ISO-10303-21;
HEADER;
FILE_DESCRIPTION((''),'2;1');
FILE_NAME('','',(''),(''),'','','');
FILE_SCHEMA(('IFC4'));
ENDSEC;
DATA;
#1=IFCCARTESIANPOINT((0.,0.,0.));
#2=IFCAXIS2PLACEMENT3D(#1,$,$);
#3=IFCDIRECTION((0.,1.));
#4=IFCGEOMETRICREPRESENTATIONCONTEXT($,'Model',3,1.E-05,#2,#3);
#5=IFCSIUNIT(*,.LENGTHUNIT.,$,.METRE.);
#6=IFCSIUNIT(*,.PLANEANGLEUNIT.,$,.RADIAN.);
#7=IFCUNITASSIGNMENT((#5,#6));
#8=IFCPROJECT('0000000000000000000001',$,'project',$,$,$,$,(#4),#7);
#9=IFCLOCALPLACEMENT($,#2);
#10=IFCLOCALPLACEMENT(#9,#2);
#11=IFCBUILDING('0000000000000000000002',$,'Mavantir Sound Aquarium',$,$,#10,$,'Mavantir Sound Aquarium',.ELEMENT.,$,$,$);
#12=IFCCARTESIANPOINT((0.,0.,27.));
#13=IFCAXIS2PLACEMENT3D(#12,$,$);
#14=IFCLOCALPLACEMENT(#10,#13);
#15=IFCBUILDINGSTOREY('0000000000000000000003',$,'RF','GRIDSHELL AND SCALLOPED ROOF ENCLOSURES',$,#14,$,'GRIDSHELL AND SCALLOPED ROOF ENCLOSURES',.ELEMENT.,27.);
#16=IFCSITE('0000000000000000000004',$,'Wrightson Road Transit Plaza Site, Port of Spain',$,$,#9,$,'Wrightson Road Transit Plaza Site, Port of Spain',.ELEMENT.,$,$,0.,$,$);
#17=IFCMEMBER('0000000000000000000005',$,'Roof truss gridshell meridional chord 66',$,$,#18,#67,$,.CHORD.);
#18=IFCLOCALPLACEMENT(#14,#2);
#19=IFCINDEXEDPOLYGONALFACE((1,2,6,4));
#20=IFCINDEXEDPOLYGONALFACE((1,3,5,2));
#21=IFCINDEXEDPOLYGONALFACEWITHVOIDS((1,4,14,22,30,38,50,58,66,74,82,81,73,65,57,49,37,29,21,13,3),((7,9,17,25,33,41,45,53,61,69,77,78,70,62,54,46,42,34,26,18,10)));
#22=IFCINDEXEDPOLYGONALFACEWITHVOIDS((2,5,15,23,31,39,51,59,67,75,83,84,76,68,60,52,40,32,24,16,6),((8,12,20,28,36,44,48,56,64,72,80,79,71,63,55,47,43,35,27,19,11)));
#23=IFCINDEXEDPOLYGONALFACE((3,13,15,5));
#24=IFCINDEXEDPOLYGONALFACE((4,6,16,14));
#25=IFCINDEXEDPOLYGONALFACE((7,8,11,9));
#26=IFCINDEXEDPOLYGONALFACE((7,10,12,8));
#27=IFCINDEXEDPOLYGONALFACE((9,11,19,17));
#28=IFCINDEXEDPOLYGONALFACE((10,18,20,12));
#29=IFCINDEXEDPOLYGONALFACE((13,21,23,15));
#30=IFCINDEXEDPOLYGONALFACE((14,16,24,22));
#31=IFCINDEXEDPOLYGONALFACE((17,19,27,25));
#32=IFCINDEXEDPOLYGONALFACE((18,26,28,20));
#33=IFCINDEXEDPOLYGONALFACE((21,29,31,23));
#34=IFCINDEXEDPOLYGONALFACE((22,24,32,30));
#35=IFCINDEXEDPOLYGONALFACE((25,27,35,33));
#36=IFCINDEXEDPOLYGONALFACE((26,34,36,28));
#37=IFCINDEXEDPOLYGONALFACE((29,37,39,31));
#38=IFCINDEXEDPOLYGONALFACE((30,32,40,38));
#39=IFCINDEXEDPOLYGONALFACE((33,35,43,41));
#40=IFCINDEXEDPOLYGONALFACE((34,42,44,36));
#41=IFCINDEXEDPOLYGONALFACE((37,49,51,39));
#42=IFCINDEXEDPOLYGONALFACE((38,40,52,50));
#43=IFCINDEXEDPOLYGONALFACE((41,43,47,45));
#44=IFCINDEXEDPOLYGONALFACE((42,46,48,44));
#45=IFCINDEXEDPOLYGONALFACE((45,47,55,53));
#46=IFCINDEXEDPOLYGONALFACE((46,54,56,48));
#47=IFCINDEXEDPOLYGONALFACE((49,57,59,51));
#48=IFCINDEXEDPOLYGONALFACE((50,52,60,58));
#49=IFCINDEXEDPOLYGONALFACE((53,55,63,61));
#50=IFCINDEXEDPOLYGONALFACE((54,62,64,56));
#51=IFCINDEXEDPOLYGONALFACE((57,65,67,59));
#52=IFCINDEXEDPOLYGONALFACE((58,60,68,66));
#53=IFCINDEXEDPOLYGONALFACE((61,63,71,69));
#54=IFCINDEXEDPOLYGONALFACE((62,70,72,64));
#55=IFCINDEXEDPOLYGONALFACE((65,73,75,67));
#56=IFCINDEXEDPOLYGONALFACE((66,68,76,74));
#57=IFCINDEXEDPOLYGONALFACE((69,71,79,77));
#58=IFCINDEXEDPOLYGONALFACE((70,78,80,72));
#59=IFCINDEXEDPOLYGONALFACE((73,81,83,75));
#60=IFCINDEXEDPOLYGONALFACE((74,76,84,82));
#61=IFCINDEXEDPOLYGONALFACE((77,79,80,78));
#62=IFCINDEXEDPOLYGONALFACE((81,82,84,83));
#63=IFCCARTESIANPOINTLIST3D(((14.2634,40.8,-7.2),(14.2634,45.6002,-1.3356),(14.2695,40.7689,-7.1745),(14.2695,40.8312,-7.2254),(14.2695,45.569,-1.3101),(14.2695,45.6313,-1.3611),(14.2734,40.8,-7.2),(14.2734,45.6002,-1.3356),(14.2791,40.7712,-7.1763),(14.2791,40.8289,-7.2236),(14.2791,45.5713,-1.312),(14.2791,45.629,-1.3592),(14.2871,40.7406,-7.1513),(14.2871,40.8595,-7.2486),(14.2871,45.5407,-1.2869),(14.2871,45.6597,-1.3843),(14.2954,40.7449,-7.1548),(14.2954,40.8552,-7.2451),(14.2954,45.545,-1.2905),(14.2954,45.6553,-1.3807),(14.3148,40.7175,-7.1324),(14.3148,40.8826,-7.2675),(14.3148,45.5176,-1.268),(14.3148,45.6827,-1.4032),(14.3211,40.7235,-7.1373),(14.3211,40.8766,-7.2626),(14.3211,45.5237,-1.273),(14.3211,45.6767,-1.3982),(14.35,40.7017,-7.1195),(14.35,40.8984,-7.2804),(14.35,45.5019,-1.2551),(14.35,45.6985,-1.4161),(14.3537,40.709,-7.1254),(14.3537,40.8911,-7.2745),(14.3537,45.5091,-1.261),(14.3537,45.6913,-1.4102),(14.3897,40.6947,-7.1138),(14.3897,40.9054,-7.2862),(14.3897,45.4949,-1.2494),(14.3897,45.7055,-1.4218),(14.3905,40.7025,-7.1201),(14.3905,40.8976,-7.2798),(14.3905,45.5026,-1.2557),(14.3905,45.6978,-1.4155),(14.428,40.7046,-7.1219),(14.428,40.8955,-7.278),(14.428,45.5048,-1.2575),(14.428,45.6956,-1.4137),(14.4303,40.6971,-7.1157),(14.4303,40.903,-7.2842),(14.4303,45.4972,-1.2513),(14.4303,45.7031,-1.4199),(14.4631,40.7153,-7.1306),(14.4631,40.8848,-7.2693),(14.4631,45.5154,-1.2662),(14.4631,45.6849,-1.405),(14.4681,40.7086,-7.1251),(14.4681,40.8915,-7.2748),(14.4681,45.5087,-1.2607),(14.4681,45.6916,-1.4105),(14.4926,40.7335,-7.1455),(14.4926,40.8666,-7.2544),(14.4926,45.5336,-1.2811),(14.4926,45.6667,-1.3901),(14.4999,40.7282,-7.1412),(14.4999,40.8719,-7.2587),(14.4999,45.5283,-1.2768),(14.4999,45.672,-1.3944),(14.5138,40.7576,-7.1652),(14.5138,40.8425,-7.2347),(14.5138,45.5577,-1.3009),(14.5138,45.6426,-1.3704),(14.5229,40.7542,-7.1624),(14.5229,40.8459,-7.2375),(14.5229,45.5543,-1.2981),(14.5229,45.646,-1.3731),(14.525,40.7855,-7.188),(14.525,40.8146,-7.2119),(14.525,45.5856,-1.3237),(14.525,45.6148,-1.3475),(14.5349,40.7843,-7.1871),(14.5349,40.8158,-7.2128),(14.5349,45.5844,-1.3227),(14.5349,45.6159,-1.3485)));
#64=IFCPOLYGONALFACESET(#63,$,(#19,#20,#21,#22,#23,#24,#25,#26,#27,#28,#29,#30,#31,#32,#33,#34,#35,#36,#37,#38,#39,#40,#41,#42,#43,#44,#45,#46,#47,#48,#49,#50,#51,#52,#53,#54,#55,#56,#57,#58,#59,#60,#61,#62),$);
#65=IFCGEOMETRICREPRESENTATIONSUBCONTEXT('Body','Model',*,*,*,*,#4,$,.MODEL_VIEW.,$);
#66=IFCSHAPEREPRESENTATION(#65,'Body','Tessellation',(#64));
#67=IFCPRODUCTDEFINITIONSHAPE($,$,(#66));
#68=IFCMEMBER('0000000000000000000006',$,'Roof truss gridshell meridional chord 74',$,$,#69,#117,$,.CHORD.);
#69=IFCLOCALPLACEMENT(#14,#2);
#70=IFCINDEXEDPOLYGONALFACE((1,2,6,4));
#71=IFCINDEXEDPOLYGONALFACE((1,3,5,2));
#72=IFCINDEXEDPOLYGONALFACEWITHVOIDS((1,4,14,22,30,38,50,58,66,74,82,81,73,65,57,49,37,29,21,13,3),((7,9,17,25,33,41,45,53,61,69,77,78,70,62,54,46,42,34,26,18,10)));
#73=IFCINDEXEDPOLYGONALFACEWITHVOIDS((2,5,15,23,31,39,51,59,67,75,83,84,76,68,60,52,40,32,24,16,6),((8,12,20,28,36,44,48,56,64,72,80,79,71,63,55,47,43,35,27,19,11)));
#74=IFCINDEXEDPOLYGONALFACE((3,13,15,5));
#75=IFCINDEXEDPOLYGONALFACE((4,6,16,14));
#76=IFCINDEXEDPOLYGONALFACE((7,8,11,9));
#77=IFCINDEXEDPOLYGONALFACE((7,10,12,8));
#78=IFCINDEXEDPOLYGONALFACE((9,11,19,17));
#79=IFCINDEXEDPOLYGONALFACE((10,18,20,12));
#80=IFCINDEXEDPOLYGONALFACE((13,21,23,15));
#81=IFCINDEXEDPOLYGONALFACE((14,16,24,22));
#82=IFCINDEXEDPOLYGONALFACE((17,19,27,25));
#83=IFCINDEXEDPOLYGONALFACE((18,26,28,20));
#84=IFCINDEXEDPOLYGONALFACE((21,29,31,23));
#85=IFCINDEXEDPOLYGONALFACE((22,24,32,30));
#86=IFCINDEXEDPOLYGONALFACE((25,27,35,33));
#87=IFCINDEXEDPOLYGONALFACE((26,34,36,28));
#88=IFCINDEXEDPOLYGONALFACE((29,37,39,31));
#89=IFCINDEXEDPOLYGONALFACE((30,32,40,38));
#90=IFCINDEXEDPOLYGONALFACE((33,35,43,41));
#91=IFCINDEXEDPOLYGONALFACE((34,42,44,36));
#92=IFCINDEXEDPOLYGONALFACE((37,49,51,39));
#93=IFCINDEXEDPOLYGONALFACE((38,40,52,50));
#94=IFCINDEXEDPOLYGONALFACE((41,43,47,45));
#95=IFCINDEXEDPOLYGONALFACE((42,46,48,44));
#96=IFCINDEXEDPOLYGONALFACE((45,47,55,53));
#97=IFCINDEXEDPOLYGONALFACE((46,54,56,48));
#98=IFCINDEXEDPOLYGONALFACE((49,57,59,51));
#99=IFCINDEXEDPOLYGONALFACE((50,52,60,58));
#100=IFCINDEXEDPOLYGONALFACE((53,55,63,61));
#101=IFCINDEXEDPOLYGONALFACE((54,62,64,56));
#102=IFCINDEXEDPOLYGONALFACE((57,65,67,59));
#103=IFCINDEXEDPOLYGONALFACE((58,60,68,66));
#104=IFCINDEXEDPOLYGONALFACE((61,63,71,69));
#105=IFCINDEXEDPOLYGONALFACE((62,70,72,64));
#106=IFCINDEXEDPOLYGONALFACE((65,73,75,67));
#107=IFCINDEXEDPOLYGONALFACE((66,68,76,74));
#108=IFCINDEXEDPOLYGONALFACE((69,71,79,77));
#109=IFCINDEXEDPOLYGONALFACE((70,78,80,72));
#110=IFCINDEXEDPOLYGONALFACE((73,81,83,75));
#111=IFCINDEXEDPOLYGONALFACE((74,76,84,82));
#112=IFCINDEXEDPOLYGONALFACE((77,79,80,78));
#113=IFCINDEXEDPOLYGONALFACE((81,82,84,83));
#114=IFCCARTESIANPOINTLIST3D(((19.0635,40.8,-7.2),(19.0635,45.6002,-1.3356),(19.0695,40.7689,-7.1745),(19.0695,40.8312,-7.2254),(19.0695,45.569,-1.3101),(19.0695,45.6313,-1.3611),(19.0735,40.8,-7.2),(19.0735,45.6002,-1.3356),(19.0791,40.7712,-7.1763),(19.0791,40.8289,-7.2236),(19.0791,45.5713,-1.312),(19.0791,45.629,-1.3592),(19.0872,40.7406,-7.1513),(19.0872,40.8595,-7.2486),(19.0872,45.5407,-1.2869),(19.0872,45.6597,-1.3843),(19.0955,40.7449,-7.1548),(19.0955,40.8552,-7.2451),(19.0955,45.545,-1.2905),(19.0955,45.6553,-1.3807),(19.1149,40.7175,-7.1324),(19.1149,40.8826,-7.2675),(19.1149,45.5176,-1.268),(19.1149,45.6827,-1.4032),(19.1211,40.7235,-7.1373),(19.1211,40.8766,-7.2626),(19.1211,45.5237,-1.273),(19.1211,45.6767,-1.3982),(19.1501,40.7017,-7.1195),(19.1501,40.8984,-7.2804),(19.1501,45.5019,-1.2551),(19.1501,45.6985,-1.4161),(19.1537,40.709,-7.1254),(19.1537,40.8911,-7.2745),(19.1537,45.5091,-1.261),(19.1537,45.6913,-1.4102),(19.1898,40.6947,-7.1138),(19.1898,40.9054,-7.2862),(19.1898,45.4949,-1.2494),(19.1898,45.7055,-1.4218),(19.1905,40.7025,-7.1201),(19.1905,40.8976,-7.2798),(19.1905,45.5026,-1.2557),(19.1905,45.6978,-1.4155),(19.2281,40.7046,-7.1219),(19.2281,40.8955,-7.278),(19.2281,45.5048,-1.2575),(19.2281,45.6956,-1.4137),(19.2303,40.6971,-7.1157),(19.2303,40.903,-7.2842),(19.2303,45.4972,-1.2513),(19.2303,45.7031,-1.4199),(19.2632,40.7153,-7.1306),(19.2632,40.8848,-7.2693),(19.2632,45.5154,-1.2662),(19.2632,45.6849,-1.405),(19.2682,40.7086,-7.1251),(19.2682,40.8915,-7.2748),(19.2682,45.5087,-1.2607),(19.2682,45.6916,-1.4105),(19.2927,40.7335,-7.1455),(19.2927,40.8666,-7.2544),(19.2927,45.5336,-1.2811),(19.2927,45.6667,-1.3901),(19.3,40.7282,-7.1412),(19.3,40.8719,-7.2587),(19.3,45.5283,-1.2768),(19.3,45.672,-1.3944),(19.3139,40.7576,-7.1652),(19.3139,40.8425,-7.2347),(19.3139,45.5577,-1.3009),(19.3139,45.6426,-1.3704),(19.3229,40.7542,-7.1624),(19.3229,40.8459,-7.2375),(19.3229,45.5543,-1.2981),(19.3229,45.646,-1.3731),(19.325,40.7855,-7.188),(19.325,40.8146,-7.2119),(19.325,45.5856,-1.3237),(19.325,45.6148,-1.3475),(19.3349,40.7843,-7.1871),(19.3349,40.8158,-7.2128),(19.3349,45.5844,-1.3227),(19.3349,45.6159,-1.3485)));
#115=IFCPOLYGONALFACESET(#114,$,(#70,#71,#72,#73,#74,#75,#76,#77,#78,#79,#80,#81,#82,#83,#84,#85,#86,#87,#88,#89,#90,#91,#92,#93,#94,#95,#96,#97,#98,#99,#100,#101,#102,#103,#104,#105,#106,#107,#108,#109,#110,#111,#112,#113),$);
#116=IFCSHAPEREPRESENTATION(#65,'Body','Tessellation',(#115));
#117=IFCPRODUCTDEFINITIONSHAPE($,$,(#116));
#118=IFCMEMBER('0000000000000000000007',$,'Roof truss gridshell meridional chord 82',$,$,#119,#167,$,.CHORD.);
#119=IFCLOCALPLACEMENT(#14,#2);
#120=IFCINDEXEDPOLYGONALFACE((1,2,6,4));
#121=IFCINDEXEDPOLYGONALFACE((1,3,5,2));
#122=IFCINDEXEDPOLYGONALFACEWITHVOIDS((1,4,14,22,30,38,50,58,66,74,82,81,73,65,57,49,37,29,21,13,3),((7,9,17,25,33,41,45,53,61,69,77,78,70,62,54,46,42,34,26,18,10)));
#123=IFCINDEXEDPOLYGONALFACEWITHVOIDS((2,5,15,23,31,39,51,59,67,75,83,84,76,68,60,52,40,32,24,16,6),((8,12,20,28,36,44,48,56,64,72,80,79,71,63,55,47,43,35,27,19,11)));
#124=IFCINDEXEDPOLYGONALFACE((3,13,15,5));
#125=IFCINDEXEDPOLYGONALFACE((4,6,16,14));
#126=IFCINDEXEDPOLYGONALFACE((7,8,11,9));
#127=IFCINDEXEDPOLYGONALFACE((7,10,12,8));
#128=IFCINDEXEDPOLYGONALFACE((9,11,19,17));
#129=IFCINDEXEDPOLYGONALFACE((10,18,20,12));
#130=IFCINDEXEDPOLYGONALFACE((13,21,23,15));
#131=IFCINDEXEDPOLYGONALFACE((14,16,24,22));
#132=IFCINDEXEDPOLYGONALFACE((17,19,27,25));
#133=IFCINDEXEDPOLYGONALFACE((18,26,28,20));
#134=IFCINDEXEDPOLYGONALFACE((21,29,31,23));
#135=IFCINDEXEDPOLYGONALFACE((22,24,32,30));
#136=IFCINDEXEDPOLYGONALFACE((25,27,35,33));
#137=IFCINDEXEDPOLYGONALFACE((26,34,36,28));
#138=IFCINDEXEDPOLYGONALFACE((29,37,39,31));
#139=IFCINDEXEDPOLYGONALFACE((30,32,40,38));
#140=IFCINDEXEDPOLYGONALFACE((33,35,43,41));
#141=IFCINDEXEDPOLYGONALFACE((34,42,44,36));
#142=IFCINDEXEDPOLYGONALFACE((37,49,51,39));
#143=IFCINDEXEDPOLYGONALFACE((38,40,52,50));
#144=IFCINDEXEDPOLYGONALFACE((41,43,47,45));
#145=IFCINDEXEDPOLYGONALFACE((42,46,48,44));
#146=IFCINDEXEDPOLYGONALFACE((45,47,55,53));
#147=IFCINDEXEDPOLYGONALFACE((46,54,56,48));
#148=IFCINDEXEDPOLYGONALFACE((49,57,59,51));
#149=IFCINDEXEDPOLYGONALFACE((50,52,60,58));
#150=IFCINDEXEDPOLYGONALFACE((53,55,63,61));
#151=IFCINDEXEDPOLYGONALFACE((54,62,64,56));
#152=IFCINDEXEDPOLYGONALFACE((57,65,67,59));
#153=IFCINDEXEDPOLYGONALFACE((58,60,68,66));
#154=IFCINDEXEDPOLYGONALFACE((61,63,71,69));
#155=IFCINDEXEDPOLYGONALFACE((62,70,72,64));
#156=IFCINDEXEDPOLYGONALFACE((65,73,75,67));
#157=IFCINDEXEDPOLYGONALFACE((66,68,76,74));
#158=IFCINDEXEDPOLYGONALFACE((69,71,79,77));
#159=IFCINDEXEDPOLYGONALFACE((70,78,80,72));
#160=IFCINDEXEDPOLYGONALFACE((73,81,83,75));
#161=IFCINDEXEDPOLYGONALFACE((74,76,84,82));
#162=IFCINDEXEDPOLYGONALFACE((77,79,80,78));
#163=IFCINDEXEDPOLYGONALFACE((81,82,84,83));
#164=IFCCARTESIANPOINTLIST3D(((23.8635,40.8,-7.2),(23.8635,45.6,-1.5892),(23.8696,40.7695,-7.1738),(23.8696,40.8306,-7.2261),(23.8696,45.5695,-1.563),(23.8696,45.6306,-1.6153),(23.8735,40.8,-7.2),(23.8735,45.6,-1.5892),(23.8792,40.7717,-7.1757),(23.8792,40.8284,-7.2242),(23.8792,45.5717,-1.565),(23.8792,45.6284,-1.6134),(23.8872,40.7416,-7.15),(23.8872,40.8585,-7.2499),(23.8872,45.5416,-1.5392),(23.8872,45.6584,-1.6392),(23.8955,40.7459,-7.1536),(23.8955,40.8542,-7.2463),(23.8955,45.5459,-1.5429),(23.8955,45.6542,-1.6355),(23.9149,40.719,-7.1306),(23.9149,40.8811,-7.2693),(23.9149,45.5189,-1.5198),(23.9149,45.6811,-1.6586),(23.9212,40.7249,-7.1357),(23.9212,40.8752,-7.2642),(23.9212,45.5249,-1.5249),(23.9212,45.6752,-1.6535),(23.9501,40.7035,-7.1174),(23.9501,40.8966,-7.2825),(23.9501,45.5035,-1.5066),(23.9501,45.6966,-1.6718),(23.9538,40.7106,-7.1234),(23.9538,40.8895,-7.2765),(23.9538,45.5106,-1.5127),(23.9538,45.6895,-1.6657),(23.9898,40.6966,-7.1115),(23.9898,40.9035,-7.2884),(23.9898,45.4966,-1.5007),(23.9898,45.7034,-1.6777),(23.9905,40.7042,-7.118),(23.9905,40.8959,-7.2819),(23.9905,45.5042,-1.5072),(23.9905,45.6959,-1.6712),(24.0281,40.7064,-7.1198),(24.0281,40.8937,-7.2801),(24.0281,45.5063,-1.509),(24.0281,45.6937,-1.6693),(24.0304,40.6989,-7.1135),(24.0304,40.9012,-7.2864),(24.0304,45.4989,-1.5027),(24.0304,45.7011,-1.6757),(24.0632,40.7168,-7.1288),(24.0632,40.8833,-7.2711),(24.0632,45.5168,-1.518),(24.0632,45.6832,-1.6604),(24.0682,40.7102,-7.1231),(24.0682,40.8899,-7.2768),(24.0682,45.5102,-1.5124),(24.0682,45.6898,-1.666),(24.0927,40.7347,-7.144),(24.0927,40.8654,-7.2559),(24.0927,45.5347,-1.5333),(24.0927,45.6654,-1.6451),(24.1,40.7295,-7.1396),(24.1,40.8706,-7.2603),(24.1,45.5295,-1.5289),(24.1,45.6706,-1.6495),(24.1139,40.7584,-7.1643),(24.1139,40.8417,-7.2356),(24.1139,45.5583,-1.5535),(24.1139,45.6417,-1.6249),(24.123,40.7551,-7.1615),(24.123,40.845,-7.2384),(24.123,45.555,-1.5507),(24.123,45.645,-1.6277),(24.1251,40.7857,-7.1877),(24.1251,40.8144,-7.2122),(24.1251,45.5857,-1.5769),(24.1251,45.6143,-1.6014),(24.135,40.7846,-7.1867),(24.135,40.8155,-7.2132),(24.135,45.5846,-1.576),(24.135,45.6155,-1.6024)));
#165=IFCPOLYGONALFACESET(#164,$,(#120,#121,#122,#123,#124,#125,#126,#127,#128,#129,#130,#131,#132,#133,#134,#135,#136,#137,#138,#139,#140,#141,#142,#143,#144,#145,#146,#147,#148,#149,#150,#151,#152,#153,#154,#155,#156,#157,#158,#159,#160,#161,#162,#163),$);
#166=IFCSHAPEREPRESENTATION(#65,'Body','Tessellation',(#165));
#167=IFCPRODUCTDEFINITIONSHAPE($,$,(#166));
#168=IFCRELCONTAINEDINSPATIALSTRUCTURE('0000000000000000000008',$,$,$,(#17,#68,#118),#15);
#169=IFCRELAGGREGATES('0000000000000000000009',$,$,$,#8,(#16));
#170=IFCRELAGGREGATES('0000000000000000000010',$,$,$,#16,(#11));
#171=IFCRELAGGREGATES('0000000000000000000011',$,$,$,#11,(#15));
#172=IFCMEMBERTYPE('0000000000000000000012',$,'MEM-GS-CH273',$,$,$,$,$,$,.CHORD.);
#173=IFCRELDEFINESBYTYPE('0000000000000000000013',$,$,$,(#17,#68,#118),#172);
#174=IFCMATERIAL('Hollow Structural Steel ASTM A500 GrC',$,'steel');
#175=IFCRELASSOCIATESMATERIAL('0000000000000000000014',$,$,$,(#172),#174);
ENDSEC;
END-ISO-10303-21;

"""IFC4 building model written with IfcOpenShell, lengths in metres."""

from ifc_helpers import new_model, si_unit, direction, frame, origin, origin_2d, place, context, subcontext, project, spatial, hollow_circle, extrude, material, material_profile, profile_set, type_object, element, save


model = new_model("IFC4")

# Units and contexts
model_context = context("Model", 3, precision=1e-05, world=origin(), true_north=direction((0.0, 1.0)))
body_context = subcontext(model_context, "Body", "Model", "MODEL_VIEW")
ifc_project = project(units=[si_unit("LENGTHUNIT", "METRE"), si_unit("PLANEANGLEUNIT", "RADIAN")], contexts=[model_context])

# Site, building, storey
site_placement = place(None, origin())
site = spatial("IfcSite", under=ifc_project, at=site_placement, Name="Wrightson Road Transit Plaza Site, Port of Spain", LongName="Wrightson Road Transit Plaza Site, Port of Spain", CompositionType="ELEMENT", RefElevation=0.0)
building_placement = place(site_placement, origin())
building = spatial("IfcBuilding", under=site, at=building_placement, Name="Mavantir Sound Aquarium", LongName="Mavantir Sound Aquarium", CompositionType="ELEMENT")
storey_placement = place(building_placement, frame((0.0, 0.0, 27.0)))
storey = spatial("IfcBuildingStorey", under=building, at=storey_placement, Name="RF", Description="GRIDSHELL AND SCALLOPED ROOF ENCLOSURES", LongName="GRIDSHELL AND SCALLOPED ROOF ENCLOSURES", CompositionType="ELEMENT", Elevation=27.0)

# Shared definitions
ifc_material_1 = material(Name="Hollow Structural Steel ASTM A500 GrC", Category="steel")

# Members
ifc_material_profile_1 = material_profile(ifc_material_1, hollow_circle(Radius=0.1365, WallThickness=0.01, at=origin_2d()), Name="CHS 273X10")
ifc_profile_set_1 = profile_set([ifc_material_profile_1], Name="Hollow Structural Steel ASTM A500 GrC")
member_type_1 = type_object("IfcMemberType", Name="MEM-GS-CH273", PredefinedType="CHORD", material=ifc_profile_set_1)
for number, where, z_axis, x_axis, name in (
    (1, (14.3999, 40.8, -7.2), (0.0, 0.633397, 0.773827), (-1.0, 0.0, 0.0), "Roof truss gridshell meridional chord 66"),
    (2, (19.2, 40.8, -7.2), (0.0, 0.633397, 0.773827), (-1.0, 0.0, 0.0), "Roof truss gridshell meridional chord 74"),
):
    element("IfcMember", number, at=place(storey_placement, frame(where, z_axis=z_axis, x_axis=x_axis)), inside=storey, type_object=member_type_1, Name=name, PredefinedType="CHORD", context=body_context, shape_type="SweptSolid", body=[
        extrude(hollow_circle(Radius=0.1365, WallThickness=0.01, at=origin_2d()), origin(), (0.0, 0.0, 1.0), 7.5784),
    ])
member_1_placement = place(storey_placement, frame((24.0, 40.8, -7.2), z_axis=(0.0, 0.65007, 0.759875), x_axis=(-1.0, 0.0, 0.0)))
element("IfcMember", 3, at=member_1_placement, inside=storey, type_object=member_type_1, Name="Roof truss gridshell meridional chord 82", PredefinedType="CHORD", context=body_context, shape_type="SweptSolid", body=[
    extrude(hollow_circle(Radius=0.1365, WallThickness=0.01, at=origin_2d()), origin(), (0.0, 0.0, 1.0), 7.3838),
])

save(model, "model.ifc")
